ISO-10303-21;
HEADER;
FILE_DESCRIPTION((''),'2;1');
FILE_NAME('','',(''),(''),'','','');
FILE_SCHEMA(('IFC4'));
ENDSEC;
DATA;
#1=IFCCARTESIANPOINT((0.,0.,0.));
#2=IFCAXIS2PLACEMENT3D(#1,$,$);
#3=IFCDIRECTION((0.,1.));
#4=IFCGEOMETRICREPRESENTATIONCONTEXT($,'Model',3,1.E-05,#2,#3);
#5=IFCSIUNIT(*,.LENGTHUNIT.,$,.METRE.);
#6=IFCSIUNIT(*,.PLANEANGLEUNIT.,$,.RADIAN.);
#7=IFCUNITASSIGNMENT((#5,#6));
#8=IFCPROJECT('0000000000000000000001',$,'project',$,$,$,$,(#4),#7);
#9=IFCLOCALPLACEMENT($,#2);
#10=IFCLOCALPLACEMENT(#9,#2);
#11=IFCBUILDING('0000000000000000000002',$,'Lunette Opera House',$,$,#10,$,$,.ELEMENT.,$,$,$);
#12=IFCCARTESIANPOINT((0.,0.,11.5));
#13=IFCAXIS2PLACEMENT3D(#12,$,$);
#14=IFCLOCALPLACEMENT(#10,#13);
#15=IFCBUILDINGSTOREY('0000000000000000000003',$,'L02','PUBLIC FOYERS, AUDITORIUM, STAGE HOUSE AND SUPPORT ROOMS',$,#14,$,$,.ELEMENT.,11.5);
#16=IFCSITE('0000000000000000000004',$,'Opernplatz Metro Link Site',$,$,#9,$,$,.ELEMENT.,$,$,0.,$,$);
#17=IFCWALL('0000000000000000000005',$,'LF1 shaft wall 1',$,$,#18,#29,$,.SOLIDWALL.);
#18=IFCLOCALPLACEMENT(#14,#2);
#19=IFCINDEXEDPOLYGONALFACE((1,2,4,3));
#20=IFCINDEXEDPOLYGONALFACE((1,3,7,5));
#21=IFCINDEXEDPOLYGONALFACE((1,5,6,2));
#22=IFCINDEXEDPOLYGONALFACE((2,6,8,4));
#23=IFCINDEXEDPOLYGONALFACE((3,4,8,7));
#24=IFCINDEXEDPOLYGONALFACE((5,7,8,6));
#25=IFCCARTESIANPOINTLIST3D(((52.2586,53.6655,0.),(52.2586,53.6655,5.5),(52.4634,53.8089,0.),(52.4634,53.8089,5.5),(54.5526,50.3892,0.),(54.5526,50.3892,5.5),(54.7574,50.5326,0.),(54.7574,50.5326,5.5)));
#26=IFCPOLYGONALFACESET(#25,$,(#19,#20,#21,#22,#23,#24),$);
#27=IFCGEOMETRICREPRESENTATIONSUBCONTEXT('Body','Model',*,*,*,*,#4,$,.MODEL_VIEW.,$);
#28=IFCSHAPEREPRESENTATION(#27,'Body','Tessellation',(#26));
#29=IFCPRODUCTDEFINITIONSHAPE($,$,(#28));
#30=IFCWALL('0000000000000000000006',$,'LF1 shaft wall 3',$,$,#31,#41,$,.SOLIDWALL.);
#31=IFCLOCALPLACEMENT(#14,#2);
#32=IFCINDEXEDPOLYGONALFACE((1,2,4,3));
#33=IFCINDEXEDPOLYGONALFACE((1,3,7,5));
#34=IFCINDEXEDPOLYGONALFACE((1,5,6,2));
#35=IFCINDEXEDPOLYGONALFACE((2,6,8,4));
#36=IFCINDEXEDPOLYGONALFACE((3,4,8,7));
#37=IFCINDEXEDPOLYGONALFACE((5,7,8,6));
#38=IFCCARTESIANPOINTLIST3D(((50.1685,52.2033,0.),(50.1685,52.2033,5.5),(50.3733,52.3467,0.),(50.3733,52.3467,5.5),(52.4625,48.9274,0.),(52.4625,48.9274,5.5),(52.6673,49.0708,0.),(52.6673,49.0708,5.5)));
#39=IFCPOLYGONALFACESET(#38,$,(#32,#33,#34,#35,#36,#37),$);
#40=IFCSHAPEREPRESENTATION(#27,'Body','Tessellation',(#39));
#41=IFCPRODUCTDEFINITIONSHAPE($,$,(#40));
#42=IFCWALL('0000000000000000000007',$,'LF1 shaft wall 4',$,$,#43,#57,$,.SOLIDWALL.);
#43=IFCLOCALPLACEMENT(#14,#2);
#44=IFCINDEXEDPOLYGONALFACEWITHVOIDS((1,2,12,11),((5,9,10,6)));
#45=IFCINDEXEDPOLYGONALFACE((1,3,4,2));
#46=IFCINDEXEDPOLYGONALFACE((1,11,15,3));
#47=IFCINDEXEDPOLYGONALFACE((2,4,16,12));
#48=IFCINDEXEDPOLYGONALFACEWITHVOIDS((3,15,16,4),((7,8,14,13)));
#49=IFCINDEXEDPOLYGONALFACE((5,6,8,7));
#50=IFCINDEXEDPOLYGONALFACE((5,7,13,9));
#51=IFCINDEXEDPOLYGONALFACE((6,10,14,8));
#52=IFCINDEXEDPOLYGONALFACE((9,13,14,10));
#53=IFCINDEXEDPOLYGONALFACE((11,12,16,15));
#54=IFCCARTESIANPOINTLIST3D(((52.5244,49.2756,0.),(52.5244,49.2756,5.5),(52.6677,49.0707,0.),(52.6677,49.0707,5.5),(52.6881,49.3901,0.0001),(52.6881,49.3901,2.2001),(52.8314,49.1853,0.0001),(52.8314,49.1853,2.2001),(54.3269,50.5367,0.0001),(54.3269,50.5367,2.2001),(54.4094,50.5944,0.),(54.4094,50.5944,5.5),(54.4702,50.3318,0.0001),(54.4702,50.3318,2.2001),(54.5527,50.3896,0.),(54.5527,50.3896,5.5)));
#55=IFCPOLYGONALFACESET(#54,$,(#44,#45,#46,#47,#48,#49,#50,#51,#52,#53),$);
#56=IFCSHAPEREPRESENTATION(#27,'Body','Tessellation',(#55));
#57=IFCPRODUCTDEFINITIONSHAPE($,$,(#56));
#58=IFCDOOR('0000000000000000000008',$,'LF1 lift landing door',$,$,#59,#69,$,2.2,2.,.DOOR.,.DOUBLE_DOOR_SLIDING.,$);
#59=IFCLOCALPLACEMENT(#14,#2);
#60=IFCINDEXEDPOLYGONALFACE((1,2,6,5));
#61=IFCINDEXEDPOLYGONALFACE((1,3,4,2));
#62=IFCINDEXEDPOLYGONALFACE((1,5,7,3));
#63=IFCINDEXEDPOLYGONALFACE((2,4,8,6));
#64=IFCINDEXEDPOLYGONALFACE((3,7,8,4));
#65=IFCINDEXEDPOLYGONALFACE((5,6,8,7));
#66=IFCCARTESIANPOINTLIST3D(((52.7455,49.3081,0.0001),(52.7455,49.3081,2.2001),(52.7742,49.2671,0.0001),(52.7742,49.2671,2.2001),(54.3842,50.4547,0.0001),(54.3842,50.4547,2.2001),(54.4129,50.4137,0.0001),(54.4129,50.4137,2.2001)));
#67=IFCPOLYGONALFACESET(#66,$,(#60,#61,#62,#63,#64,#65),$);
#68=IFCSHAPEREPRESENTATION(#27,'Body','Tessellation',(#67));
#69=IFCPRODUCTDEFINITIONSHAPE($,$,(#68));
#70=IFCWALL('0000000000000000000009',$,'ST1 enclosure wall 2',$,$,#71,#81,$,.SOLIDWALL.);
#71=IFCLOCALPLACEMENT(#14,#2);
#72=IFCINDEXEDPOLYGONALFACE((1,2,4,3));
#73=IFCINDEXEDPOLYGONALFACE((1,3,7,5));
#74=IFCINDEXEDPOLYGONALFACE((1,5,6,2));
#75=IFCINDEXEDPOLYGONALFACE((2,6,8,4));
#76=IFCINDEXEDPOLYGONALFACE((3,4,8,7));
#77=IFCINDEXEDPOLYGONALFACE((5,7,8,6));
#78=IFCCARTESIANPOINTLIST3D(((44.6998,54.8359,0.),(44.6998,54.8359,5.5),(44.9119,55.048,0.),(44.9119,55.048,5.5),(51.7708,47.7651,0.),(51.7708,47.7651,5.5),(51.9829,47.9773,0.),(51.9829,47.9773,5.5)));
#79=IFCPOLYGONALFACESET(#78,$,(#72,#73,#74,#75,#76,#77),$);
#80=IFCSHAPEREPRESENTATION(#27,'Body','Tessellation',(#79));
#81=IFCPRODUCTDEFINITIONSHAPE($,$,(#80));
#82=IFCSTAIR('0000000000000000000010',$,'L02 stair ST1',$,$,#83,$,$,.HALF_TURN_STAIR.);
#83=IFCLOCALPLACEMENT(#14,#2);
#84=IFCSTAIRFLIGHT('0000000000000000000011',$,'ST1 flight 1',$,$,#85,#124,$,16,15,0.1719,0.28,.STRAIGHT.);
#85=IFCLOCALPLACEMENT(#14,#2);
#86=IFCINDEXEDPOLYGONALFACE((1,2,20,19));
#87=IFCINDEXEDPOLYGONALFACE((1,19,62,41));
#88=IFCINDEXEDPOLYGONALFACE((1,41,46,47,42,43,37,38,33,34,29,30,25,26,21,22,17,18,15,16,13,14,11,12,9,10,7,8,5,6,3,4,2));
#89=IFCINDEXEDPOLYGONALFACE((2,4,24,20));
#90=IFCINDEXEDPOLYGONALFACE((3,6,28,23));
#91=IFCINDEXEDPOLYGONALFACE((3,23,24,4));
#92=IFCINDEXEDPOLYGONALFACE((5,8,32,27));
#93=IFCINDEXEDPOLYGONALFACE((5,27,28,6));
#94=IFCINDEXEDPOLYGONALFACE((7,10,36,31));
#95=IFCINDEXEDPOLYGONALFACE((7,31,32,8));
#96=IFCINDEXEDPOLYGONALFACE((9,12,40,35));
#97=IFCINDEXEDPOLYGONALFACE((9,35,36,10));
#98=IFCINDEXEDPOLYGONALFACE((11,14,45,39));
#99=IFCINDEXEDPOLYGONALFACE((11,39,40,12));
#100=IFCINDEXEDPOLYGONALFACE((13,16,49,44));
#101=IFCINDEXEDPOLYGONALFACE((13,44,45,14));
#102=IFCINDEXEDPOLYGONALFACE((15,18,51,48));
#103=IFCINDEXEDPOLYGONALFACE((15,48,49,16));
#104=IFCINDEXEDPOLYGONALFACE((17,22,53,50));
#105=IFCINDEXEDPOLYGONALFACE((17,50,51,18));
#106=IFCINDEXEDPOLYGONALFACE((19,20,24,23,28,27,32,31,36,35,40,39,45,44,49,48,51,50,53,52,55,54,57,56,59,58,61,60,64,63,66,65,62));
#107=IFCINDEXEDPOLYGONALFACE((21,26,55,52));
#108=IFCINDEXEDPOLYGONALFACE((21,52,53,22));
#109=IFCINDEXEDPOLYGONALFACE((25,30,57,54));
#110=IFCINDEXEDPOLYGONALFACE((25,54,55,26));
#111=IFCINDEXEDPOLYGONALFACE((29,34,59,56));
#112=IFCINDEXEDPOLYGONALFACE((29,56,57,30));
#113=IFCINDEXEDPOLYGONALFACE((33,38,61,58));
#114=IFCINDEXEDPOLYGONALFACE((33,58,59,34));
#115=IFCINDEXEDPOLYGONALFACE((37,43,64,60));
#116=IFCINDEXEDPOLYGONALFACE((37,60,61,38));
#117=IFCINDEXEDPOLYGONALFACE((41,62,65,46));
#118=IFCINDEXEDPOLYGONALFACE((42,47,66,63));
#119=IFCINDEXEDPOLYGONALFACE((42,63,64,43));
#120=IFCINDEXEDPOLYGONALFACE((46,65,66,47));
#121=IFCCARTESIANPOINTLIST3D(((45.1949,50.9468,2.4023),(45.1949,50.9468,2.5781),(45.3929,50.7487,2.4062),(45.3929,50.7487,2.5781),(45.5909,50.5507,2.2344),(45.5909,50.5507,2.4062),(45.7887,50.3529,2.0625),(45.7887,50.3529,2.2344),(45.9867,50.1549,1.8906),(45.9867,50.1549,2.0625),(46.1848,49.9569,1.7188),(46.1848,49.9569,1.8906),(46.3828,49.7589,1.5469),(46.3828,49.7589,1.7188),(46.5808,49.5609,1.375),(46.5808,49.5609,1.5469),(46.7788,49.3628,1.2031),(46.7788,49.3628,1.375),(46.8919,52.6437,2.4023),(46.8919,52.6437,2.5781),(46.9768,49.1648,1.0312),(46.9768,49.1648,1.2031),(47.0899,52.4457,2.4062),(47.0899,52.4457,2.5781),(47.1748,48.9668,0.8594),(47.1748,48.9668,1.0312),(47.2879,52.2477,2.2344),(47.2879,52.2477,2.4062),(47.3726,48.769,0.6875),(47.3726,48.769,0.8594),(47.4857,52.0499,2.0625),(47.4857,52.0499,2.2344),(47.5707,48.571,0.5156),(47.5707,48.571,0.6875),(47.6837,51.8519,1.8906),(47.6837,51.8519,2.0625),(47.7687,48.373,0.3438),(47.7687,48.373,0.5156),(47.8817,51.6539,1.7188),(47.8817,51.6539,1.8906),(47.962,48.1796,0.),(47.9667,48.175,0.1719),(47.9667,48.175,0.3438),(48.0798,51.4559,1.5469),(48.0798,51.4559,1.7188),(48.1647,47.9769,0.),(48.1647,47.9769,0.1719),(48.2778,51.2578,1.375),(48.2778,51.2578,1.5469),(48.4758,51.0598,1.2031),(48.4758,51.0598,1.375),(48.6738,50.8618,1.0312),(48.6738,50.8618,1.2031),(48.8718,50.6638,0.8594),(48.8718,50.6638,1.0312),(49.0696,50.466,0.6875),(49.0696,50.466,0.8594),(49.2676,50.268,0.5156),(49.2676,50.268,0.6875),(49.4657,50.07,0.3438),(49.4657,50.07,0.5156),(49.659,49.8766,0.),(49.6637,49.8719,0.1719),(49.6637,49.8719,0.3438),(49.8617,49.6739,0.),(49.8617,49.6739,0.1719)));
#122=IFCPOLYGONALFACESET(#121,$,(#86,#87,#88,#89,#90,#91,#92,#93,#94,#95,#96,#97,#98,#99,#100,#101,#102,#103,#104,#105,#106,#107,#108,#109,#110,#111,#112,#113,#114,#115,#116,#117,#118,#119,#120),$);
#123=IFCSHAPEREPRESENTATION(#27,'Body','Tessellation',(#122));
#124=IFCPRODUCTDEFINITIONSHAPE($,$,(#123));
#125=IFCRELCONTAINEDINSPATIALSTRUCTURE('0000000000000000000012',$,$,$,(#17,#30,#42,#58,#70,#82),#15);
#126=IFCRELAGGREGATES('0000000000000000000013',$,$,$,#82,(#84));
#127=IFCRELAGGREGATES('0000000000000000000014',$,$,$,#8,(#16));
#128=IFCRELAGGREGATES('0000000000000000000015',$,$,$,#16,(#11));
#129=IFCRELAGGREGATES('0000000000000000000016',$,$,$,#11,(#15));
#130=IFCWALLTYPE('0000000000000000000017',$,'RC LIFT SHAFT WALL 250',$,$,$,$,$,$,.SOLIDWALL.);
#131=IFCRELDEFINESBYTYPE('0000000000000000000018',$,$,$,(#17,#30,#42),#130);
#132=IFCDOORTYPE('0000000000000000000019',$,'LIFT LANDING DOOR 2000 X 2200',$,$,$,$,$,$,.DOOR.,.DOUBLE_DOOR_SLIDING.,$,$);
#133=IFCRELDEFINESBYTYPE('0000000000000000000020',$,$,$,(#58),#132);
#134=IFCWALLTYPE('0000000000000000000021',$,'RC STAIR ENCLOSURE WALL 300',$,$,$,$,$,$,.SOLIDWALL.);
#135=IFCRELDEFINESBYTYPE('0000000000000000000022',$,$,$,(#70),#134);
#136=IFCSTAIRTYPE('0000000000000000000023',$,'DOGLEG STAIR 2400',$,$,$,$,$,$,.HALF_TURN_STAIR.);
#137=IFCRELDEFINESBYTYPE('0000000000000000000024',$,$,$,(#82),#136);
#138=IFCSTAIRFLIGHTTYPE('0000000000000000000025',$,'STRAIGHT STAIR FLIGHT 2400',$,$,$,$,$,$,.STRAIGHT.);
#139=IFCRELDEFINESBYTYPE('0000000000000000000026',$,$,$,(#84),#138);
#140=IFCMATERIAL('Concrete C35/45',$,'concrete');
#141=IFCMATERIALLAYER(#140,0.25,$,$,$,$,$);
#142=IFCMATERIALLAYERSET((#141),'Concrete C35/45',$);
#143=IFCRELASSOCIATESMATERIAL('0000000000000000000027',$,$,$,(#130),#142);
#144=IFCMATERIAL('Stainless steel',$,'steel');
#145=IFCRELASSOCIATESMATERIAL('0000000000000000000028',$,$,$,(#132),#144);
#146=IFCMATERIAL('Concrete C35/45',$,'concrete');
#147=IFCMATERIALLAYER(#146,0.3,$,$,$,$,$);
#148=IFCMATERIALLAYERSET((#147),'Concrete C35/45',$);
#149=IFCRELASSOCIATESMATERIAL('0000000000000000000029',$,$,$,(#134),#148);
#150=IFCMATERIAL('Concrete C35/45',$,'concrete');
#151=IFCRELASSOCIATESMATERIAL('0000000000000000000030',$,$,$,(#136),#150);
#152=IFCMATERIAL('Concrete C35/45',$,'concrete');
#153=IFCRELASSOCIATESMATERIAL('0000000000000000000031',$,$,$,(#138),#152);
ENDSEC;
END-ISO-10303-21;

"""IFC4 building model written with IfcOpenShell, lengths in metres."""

from ifc_helpers import new_model, si_unit, direction, frame, frame_2d, origin, place, context, subcontext, project, spatial, polyline, rectangle, outline, extrude, material, layer, layer_set, type_object, element, fill, aggregate, save


model = new_model("IFC4")

# Units and contexts
model_context = context("Model", 3, precision=1e-05, world=origin(), true_north=direction((0.0, 1.0)))
body_context = subcontext(model_context, "Body", "Model", "MODEL_VIEW")
ifc_project = project(units=[si_unit("LENGTHUNIT", "METRE"), si_unit("PLANEANGLEUNIT", "RADIAN")], contexts=[model_context])

# Site, building, storey
site_placement = place(None, origin())
site = spatial("IfcSite", under=ifc_project, at=site_placement, Name="Opernplatz Metro Link Site", CompositionType="ELEMENT", RefElevation=0.0)
building_placement = place(site_placement, origin())
building = spatial("IfcBuilding", under=site, at=building_placement, Name="Lunette Opera House", CompositionType="ELEMENT")
storey_placement = place(building_placement, frame((0.0, 0.0, 11.5)))
storey = spatial("IfcBuildingStorey", under=building, at=storey_placement, Name="L02", Description="PUBLIC FOYERS, AUDITORIUM, STAGE HOUSE AND SUPPORT ROOMS", CompositionType="ELEMENT", Elevation=11.5)

# Shared definitions
ifc_material_1 = material(Name="Concrete C35/45", Category="concrete")
ifc_layer_1 = layer(ifc_material_1, 0.25)
ifc_layer_set_1 = layer_set([ifc_layer_1], Name="Concrete C35/45")
wall_type_1 = type_object("IfcWallType", Name="RC LIFT SHAFT WALL 250", PredefinedType="SOLIDWALL", material=ifc_layer_set_1)

# Walls
wall_1_placement = place(storey_placement, frame((54.655, 50.4609, 0.0), z_axis=(0.0, 0.0, 1.0), x_axis=(-0.573573, 0.819154, 0.0)))
element("IfcWall", 1, at=wall_1_placement, inside=storey, type_object=wall_type_1, Name="LF1 shaft wall 1", PredefinedType="SOLIDWALL", context=body_context, shape_type="SweptSolid", body=[
    extrude(rectangle(XDim=3.9995, YDim=0.25, at=frame_2d((1.9998, 0.0))), origin(), (0.0, 0.0, 1.0), 5.5),
])
wall_2_placement = place(storey_placement, frame((50.271, 52.2749, 0.0), z_axis=(0.0, 0.0, 1.0), x_axis=(0.573602, -0.819134, 0.0)))
element("IfcWall", 2, at=wall_2_placement, inside=storey, type_object=wall_type_1, Name="LF1 shaft wall 3", PredefinedType="SOLIDWALL", context=body_context, shape_type="SweptSolid", body=[
    extrude(rectangle(XDim=3.9993, YDim=0.25, at=frame_2d((1.9995, 0.0))), origin(), (0.0, 0.0, 1.0), 5.5),
])

# Wall, opening, door
wall_3_placement = place(storey_placement, frame((52.5959, 49.1731, 0.0), z_axis=(0.0, 0.0, 1.0), x_axis=(0.819367, 0.57327, 0.0)))
wall_3 = element("IfcWall", 3, at=wall_3_placement, inside=storey, type_object=wall_type_1, Name="LF1 shaft wall 4", PredefinedType="SOLIDWALL", context=body_context, shape_type="SweptSolid", body=[
    extrude(rectangle(XDim=2.3005, YDim=0.25, at=frame_2d((1.1504, 0.0))), origin(), (0.0, 0.0, 1.0), 5.5),
])
opening_1_placement = place(wall_3_placement, frame((0.2, 0.0, 0.0)))
opening_1 = element("IfcOpeningElement", 4, at=opening_1_placement, cuts=wall_3, PredefinedType="OPENING", context=body_context, shape_type="SweptSolid", body=[
    extrude(rectangle(XDim=2.0, YDim=2.2, at=frame_2d((1.0, 1.1001))), frame((0.0, 0.137, 0.0), z_axis=(0.0, -1.0, 0.0), x_axis=(1.0, 0.0, 0.0)), (0.0, 0.0, 1.0), 0.2739),
])
ifc_material_2 = material(Name="Stainless steel", Category="steel")
door_type_1 = type_object("IfcDoorType", Name="LIFT LANDING DOOR 2000 X 2200", OperationType="DOUBLE_DOOR_SLIDING", PredefinedType="DOOR", material=ifc_material_2)
door_1_placement = place(opening_1_placement, origin())
door_1 = element("IfcDoor", 5, at=door_1_placement, inside=storey, type_object=door_type_1, Name="LF1 lift landing door", OperationType="DOUBLE_DOOR_SLIDING", OverallHeight=2.2, OverallWidth=2.0, PredefinedType="DOOR", context=body_context, shape_type="SweptSolid", body=[
    extrude(rectangle(XDim=2.0, YDim=2.2, at=frame_2d((1.0, 1.1001))), frame((0.0, 0.0249, 0.0), z_axis=(0.0, -1.0, 0.0), x_axis=(1.0, 0.0, 0.0)), (0.0, 0.0, 1.0), 0.05),
])
fill(opening_1, door_1)

# Wall
ifc_material_3 = material(Name="Concrete C35/45", Category="concrete")
ifc_layer_2 = layer(ifc_material_3, 0.3)
ifc_layer_set_2 = layer_set([ifc_layer_2], Name="Concrete C35/45")
wall_type_2 = type_object("IfcWallType", Name="RC STAIR ENCLOSURE WALL 300", PredefinedType="SOLIDWALL", material=ifc_layer_set_2)
wall_4_placement = place(storey_placement, frame((51.877, 47.8711, 0.0), z_axis=(0.0, 0.0, 1.0), x_axis=(-0.707119, 0.707095, 0.0)))
element("IfcWall", 6, at=wall_4_placement, inside=storey, type_object=wall_type_2, Name="ST1 enclosure wall 2", PredefinedType="SOLIDWALL", context=body_context, shape_type="SweptSolid", body=[
    extrude(rectangle(XDim=9.9998, YDim=0.3, at=frame_2d((5.0, 0.0))), origin(), (0.0, 0.0, 1.0), 5.5),
])

# Stair, stair flight
ifc_material_4 = material(Name="Concrete C35/45", Category="concrete")
stair_type = type_object("IfcStairType", Name="DOGLEG STAIR 2400", PredefinedType="HALF_TURN_STAIR", material=ifc_material_4)
stair_placement = place(storey_placement, origin())
stair = element("IfcStair", 7, at=stair_placement, inside=storey, type_object=stair_type, Name="L02 stair ST1", PredefinedType="HALF_TURN_STAIR")
ifc_material_5 = material(Name="Concrete C35/45", Category="concrete")
stair_flight_type = type_object("IfcStairFlightType", Name="STRAIGHT STAIR FLIGHT 2400", PredefinedType="STRAIGHT", material=ifc_material_5)
stair_flight_placement = place(storey_placement, frame((49.0132, 48.8254, 0.0), z_axis=(0.0, 0.0, 1.0), x_axis=(-0.707107, 0.707107, 0.0)))
stair_flight = element("IfcStairFlight", 8, at=stair_flight_placement, type_object=stair_flight_type, Name="ST1 flight 1", NumberOfRisers=16, NumberOfTreads=15, PredefinedType="STRAIGHT", RiserHeight=0.1719, TreadLength=0.28, context=body_context, shape_type="SweptSolid", body=[
    extrude(outline(polyline([(0.0, 0.0), (0.0, 0.1719), (0.28, 0.1719), (0.28, 0.3438), (0.5601, 0.3438), (0.5601, 0.5156), (0.8401, 0.5156), (0.8401, 0.6875), (1.1201, 0.6875), (1.1201, 0.8594), (1.3999, 0.8594), (1.3999, 1.0312), (1.6799, 1.0312), (1.6799, 1.2031), (1.96, 1.2031), (1.96, 1.375), (2.24, 1.375), (2.24, 1.5469), (2.52, 1.5469), (2.52, 1.7188), (2.8, 1.7188), (2.8, 1.8906), (3.0801, 1.8906), (3.0801, 2.0625), (3.3601, 2.0625), (3.3601, 2.2344), (3.6399, 2.2344), (3.6399, 2.4062), (3.9199, 2.4062), (3.9199, 2.5781), (4.2, 2.5781), (4.2, 2.75), (4.2, 2.4023), (0.2866, 0.0), (0.0, 0.0)])), frame((0.0, 1.2, 0.0), z_axis=(0.0, -1.0, 0.0), x_axis=(1.0, 0.0, 0.0)), (0.0, 0.0, 1.0), 2.3999),
])
aggregate(stair, [stair_flight])

save(model, "model.ifc")
